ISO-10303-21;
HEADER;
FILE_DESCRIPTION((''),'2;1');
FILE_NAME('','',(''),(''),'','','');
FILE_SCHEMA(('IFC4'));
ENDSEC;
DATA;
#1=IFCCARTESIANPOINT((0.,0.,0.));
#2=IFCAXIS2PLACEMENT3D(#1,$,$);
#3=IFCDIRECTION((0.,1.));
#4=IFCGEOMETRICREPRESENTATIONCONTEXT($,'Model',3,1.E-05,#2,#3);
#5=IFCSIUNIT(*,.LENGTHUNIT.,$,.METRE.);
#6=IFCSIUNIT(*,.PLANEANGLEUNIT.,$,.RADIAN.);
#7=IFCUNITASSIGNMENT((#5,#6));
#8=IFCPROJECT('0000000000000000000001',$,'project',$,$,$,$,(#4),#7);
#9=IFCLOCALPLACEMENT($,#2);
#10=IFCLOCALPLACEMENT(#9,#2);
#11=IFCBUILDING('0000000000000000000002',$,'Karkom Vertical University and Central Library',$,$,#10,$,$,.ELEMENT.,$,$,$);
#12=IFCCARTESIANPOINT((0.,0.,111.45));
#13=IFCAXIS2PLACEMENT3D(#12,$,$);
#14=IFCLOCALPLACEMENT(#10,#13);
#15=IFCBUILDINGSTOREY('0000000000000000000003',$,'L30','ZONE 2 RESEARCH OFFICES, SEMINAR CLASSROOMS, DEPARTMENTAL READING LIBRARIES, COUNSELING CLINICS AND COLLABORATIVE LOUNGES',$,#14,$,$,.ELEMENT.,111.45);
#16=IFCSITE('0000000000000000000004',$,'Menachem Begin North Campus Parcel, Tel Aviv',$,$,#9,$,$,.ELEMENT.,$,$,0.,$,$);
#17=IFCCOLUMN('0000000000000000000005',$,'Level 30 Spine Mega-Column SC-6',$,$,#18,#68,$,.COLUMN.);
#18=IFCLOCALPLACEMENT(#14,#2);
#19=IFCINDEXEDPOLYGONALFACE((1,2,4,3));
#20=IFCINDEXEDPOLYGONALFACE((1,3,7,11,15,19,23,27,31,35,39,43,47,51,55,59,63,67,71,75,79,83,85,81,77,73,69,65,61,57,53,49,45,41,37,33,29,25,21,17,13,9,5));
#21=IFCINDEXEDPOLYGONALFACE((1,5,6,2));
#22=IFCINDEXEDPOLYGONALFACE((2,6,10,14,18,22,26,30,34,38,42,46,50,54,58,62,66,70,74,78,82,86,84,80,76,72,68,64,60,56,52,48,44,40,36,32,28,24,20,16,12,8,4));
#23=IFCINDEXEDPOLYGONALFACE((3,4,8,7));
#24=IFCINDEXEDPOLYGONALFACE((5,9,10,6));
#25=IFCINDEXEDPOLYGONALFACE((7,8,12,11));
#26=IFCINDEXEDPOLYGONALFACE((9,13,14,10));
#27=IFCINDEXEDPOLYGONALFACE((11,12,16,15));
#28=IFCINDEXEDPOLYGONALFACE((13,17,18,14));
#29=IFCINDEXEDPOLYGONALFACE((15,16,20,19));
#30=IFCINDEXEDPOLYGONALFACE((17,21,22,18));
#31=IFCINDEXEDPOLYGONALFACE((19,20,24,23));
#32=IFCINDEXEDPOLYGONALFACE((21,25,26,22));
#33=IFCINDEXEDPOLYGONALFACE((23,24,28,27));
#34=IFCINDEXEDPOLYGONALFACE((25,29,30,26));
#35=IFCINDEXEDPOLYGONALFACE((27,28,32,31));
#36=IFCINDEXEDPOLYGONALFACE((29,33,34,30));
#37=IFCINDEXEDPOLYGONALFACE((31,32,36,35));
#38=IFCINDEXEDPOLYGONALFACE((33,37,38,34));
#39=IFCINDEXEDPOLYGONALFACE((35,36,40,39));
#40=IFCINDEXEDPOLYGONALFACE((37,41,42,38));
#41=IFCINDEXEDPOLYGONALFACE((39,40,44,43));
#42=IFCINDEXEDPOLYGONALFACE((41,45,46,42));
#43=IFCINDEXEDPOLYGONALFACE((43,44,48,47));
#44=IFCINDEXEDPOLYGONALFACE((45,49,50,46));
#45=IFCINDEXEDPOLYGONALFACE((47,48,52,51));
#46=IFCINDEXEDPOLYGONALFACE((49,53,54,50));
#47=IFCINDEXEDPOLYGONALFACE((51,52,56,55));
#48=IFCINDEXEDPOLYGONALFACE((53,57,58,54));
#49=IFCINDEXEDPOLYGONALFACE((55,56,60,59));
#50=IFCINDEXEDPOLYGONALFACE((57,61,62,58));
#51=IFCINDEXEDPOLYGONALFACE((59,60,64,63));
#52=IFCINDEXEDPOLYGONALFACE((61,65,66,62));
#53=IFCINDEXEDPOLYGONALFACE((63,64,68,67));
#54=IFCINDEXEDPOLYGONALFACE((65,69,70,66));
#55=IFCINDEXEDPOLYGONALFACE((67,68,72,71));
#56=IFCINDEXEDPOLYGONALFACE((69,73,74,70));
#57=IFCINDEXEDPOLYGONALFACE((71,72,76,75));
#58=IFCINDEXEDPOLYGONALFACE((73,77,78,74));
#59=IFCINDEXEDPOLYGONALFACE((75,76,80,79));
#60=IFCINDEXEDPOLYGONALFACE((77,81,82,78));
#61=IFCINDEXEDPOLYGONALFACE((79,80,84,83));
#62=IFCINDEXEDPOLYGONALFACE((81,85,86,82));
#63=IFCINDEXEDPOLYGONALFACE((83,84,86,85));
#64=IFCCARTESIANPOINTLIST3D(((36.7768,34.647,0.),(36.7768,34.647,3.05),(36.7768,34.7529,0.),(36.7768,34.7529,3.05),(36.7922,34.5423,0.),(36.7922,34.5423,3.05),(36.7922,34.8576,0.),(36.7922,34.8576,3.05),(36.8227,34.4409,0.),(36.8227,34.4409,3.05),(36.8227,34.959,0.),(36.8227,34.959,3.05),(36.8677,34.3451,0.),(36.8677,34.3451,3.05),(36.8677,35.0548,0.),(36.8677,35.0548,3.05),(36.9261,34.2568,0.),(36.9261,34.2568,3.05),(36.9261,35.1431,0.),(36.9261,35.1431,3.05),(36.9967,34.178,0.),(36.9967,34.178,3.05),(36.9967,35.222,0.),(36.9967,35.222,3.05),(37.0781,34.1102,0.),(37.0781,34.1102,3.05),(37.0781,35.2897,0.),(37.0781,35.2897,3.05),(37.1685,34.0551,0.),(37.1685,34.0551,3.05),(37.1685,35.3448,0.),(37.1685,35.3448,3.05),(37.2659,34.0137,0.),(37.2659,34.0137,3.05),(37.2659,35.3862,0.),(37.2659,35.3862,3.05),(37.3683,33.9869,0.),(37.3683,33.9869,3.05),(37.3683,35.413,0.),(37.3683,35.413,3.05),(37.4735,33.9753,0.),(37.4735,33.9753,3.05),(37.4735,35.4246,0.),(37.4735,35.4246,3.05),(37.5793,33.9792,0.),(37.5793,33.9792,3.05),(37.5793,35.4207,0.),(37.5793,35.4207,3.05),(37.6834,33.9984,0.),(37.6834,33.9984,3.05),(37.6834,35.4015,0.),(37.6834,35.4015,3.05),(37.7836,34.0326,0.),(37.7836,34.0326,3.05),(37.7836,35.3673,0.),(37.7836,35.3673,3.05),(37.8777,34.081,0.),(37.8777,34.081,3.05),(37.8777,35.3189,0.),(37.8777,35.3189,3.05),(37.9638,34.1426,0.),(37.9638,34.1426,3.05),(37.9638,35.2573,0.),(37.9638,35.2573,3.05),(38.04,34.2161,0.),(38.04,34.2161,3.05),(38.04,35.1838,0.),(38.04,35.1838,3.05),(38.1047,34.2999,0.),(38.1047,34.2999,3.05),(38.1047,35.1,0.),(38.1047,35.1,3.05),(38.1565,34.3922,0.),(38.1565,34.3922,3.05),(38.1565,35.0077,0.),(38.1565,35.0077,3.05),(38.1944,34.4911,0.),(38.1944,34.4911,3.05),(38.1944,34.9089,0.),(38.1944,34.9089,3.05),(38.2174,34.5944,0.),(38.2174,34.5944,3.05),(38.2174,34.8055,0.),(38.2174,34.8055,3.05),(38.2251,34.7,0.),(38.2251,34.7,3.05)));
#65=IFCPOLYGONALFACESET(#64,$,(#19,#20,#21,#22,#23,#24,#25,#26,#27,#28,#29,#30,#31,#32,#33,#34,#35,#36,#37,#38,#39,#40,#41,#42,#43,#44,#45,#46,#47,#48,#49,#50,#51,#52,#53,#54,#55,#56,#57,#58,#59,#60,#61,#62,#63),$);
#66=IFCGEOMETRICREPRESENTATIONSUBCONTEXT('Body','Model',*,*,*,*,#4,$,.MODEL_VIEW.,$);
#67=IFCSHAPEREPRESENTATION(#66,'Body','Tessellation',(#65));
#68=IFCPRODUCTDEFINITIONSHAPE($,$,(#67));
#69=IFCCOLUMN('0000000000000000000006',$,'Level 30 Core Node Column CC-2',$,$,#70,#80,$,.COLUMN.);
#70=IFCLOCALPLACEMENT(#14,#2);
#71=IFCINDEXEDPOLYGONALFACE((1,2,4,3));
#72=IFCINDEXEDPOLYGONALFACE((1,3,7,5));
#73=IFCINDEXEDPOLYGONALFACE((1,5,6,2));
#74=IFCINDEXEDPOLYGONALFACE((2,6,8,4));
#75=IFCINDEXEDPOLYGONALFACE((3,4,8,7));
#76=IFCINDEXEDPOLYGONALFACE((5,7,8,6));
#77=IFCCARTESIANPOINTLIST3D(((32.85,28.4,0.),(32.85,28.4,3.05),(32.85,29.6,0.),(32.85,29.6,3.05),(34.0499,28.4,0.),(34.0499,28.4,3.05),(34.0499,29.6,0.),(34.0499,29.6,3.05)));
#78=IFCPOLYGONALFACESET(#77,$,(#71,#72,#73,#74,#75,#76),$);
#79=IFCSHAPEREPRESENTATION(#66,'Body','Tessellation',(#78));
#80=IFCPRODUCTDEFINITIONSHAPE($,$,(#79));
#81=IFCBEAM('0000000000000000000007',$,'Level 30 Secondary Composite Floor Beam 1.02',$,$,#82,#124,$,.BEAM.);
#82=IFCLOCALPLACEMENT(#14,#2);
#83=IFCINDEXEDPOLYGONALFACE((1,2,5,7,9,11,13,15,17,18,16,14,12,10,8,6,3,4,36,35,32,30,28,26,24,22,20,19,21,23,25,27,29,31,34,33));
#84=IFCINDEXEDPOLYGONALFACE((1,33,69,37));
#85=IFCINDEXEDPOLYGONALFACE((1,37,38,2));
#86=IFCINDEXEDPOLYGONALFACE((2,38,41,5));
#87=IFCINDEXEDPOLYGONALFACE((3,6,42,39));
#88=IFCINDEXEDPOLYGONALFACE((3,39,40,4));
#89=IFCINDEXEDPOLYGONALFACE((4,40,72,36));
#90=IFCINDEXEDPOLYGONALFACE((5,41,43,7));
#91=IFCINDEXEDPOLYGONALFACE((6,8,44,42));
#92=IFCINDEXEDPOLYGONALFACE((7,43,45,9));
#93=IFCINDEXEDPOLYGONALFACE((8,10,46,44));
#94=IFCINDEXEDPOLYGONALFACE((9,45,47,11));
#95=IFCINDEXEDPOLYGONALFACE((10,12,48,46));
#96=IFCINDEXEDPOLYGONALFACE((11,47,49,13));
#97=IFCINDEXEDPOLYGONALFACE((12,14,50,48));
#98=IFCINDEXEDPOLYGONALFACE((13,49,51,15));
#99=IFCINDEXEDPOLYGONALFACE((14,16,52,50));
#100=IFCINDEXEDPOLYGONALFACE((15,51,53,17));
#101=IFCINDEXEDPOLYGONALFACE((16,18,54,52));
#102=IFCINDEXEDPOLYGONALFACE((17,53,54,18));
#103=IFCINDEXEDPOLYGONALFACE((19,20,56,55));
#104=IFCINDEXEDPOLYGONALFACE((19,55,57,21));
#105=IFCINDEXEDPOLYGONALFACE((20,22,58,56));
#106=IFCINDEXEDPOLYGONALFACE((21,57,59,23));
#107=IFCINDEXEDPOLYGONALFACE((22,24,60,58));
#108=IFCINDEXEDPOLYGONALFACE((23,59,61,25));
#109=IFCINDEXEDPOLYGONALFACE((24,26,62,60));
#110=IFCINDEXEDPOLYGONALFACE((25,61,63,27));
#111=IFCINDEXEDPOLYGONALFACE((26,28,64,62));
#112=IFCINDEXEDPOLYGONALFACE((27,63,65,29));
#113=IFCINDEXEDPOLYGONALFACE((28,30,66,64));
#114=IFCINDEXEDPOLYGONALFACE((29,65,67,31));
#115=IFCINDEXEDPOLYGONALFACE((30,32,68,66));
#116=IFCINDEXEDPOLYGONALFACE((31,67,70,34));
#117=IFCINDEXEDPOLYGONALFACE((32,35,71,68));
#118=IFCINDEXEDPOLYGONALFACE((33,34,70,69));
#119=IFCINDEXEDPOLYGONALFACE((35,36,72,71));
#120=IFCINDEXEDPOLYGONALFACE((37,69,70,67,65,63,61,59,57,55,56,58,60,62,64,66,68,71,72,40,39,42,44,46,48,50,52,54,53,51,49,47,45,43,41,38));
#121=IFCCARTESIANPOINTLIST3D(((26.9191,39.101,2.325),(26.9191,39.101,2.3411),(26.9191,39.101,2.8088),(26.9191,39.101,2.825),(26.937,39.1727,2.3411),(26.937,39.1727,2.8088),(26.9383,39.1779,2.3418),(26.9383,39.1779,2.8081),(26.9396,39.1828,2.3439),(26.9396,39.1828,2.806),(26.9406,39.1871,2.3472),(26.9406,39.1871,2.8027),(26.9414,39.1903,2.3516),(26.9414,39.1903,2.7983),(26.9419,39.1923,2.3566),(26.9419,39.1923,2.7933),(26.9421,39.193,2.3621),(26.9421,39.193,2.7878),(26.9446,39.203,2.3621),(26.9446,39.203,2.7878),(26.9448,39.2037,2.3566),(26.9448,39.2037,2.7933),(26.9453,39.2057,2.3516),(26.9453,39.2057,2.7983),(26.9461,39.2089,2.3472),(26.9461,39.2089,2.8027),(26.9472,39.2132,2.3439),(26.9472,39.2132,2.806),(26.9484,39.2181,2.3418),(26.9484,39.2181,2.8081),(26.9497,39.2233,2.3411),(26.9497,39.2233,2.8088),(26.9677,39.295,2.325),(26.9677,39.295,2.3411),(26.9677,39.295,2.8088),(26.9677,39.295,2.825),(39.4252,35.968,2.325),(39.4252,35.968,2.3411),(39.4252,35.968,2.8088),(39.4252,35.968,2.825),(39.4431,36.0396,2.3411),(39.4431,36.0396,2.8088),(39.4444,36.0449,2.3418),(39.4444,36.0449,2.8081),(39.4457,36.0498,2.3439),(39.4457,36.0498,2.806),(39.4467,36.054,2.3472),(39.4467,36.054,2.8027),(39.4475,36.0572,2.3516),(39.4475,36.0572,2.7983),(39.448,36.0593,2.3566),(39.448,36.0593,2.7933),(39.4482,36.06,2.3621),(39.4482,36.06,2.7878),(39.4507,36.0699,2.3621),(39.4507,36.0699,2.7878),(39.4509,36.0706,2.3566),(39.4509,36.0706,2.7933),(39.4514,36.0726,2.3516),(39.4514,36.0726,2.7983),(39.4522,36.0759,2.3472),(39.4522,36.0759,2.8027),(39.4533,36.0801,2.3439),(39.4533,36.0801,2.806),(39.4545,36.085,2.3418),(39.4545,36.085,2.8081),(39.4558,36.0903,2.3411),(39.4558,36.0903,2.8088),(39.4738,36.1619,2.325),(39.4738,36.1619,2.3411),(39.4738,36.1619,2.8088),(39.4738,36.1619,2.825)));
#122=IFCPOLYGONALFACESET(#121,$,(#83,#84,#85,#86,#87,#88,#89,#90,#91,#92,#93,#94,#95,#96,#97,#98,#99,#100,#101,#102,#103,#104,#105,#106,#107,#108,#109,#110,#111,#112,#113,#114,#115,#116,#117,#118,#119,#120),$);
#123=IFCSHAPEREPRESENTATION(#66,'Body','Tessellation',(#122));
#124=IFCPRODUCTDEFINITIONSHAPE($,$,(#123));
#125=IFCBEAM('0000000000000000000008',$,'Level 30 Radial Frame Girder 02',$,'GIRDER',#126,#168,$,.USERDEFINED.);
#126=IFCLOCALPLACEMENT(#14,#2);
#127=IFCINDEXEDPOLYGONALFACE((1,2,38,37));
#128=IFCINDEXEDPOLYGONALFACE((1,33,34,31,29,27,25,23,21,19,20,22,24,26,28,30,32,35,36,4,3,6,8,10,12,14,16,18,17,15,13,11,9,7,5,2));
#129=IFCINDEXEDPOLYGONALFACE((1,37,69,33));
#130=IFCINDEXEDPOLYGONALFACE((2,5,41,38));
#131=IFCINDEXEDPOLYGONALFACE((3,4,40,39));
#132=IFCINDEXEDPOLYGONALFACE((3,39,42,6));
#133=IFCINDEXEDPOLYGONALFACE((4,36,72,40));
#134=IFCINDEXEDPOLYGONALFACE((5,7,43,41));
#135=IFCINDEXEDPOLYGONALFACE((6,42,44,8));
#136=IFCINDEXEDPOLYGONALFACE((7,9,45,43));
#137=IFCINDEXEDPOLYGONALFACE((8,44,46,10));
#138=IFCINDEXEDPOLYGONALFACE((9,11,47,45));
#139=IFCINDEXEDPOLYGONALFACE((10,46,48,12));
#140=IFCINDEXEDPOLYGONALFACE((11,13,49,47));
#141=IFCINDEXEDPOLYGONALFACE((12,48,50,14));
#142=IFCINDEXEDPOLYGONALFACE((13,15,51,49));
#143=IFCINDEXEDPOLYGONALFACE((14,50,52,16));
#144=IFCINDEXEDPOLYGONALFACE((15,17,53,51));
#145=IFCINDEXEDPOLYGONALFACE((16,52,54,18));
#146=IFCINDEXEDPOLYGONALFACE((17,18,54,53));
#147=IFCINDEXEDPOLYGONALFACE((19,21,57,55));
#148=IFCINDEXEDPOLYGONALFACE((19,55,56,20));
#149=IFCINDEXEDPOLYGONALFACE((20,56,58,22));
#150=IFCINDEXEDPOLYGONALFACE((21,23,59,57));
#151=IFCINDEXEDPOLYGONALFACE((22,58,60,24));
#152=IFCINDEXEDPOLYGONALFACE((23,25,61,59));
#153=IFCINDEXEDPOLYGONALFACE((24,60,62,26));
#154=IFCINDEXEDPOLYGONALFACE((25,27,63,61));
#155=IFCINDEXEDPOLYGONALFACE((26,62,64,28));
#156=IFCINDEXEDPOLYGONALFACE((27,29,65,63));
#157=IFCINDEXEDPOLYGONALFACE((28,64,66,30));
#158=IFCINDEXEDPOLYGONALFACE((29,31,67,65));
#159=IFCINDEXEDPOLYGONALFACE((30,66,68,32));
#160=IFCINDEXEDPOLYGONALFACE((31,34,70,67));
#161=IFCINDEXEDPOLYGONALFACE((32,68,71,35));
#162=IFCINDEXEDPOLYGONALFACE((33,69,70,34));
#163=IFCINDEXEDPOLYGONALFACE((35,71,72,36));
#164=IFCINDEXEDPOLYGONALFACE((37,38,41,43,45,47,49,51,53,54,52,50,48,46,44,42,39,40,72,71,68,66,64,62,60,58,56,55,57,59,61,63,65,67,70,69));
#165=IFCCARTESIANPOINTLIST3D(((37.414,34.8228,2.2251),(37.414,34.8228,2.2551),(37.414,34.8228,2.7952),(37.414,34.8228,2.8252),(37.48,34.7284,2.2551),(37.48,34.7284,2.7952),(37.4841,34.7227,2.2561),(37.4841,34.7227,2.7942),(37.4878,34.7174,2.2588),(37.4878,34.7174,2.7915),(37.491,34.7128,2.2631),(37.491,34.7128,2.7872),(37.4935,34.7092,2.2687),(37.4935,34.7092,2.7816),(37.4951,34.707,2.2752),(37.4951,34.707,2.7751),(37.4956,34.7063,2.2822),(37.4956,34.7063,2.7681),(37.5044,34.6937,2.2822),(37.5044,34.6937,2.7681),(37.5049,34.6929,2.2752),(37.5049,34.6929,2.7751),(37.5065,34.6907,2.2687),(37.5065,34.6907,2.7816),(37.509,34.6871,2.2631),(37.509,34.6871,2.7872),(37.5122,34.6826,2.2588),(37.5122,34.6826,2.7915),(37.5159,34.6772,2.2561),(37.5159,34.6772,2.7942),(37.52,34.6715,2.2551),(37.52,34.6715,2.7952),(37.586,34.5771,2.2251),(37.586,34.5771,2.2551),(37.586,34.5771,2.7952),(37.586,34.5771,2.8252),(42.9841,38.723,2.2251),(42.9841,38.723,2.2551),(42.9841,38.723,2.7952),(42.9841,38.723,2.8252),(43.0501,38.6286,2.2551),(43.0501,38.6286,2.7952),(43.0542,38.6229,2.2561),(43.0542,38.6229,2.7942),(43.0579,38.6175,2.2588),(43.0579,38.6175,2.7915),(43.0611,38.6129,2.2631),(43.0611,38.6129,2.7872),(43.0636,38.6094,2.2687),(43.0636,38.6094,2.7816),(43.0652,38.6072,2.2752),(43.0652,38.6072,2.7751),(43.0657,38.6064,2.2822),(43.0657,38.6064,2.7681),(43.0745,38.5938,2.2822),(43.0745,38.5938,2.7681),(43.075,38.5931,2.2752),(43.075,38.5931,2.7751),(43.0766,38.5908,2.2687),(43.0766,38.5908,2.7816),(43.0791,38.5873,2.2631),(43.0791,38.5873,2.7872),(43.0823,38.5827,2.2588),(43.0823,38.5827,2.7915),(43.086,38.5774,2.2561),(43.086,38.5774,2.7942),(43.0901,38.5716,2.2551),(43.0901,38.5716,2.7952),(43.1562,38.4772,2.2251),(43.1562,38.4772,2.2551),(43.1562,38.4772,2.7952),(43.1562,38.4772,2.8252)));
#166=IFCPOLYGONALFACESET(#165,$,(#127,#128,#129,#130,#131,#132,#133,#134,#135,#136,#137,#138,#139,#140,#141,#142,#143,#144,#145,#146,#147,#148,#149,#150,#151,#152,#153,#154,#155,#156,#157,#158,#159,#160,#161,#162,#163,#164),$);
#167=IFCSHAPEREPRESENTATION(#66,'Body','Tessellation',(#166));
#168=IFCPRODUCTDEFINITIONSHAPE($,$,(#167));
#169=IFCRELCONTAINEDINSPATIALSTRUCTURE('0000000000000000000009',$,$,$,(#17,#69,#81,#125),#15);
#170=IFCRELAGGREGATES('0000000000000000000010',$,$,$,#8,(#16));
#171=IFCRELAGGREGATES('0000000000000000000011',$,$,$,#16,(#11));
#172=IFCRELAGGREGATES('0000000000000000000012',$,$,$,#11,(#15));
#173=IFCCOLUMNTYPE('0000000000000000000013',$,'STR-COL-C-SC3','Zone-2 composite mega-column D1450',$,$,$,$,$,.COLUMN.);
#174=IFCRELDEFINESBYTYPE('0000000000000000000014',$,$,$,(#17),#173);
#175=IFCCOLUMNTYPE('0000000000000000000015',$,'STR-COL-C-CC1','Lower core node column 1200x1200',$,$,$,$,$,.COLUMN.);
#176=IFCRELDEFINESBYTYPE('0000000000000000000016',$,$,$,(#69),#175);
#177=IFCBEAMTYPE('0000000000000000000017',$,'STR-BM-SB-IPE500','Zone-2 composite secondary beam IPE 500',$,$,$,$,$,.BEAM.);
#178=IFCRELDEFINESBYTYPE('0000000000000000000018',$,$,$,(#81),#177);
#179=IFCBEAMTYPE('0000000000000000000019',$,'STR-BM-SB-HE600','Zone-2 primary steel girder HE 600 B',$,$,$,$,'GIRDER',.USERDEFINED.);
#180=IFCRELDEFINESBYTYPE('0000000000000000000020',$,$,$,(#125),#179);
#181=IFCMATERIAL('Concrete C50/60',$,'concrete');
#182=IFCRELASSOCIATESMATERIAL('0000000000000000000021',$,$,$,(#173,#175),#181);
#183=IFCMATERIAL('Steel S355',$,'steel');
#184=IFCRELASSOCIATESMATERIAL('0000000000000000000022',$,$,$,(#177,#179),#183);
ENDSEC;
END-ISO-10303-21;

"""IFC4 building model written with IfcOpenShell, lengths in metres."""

from ifc_helpers import new_model, si_unit, direction, frame, origin, origin_with_axes, origin_2d, place, context, subcontext, project, spatial, rectangle, circle, i_section, extrude, source, transform, mapped, material, material_profile, profile_set, type_object, element, save


model = new_model("IFC4")

# Units and contexts
model_context = context("Model", 3, precision=1e-05, world=origin(), true_north=direction((0.0, 1.0)))
body_context = subcontext(model_context, "Body", "Model", "MODEL_VIEW")
ifc_project = project(units=[si_unit("LENGTHUNIT", "METRE"), si_unit("PLANEANGLEUNIT", "RADIAN")], contexts=[model_context])

# Site, building, storey
site_placement = place(None, origin())
site = spatial("IfcSite", under=ifc_project, at=site_placement, Name="Menachem Begin North Campus Parcel, Tel Aviv", CompositionType="ELEMENT", RefElevation=0.0)
building_placement = place(site_placement, origin())
building = spatial("IfcBuilding", under=site, at=building_placement, Name="Karkom Vertical University and Central Library", CompositionType="ELEMENT")
storey_placement = place(building_placement, frame((0.0, 0.0, 111.45)))
storey = spatial("IfcBuildingStorey", under=building, at=storey_placement, Name="L30", Description="ZONE 2 RESEARCH OFFICES, SEMINAR CLASSROOMS, DEPARTMENTAL READING LIBRARIES, COUNSELING CLINICS AND COLLABORATIVE LOUNGES", CompositionType="ELEMENT", Elevation=111.45)

# Columns
ifc_material_1 = material(Name="Concrete C50/60", Category="concrete")
ifc_material_profile_1 = material_profile(ifc_material_1, circle(Radius=0.7251, at=origin_2d()), Name="CFT-D1450")
ifc_profile_set_1 = profile_set([ifc_material_profile_1], Name="Concrete C50/60")
column_type_1 = type_object("IfcColumnType", Name="STR-COL-C-SC3", Description="Zone-2 composite mega-column D1450", PredefinedType="COLUMN", material=ifc_profile_set_1)
shared_shape_1 = source(origin_with_axes(), body_context, "Body", "SweptSolid", [
    extrude(circle(Radius=0.7251, at=origin_2d()), origin(), (0.0, 0.0, 1.0), 3.05),
])
column_1_placement = place(storey_placement, frame((37.5, 34.7, 0.0), z_axis=(0.0, 0.0, 1.0), x_axis=(1.0, 0.0, 0.0)))
element("IfcColumn", 1, at=column_1_placement, inside=storey, type_object=column_type_1, Name="Level 30 Spine Mega-Column SC-6", PredefinedType="COLUMN", context=body_context, shape_type="MappedRepresentation", body=[
    mapped(shared_shape_1, transform((0.0, 0.0, 0.0), scale=1.0)),
])
ifc_material_profile_2 = material_profile(ifc_material_1, rectangle(XDim=1.2, YDim=1.2, at=origin_2d()), Name="RC-1200x1200")
ifc_profile_set_2 = profile_set([ifc_material_profile_2], Name="Concrete C50/60")
column_type_2 = type_object("IfcColumnType", Name="STR-COL-C-CC1", Description="Lower core node column 1200x1200", PredefinedType="COLUMN", material=ifc_profile_set_2)
shared_shape_2 = source(origin_with_axes(), body_context, "Body", "SweptSolid", [
    extrude(rectangle(XDim=1.2, YDim=1.2, at=origin_2d()), origin(), (0.0, 0.0, 1.0), 3.05),
])
column_2_placement = place(storey_placement, frame((33.45, 29.0, 0.0), z_axis=(0.0, 0.0, 1.0), x_axis=(1.0, 0.0, 0.0)))
element("IfcColumn", 2, at=column_2_placement, inside=storey, type_object=column_type_2, Name="Level 30 Core Node Column CC-2", PredefinedType="COLUMN", context=body_context, shape_type="MappedRepresentation", body=[
    mapped(shared_shape_2, transform((0.0, 0.0, 0.0), scale=1.0)),
])

# Beams
ifc_material_2 = material(Name="Steel S355", Category="steel")
ifc_material_profile_3 = material_profile(ifc_material_2, i_section(OverallWidth=0.2, OverallDepth=0.5, WebThickness=0.0103, FlangeThickness=0.0161, FilletRadius=0.021, at=origin_2d()), Name="IPE 500")
ifc_profile_set_3 = profile_set([ifc_material_profile_3], Name="Steel S355")
beam_type_1 = type_object("IfcBeamType", Name="STR-BM-SB-IPE500", Description="Zone-2 composite secondary beam IPE 500", PredefinedType="BEAM", material=ifc_profile_set_3)
shared_shape_3 = source(origin_with_axes(), body_context, "Body", "SweptSolid", [
    extrude(i_section(OverallWidth=0.2, OverallDepth=0.5, WebThickness=0.0103, FlangeThickness=0.0161, FilletRadius=0.021, at=origin_2d()), origin(), (0.0, 0.0, 1.0), 12.8926),
])
beam_1_placement = place(storey_placement, frame((39.4495, 36.0649, 2.575), z_axis=(-0.970023, 0.243012, 0.0), x_axis=(-0.243012, -0.970023, 0.0)))
element("IfcBeam", 3, at=beam_1_placement, inside=storey, type_object=beam_type_1, Name="Level 30 Secondary Composite Floor Beam 1.02", PredefinedType="BEAM", context=body_context, shape_type="MappedRepresentation", body=[
    mapped(shared_shape_3, transform((0.0, 0.0, 0.0), scale=1.0)),
])
ifc_material_profile_4 = material_profile(ifc_material_2, i_section(OverallWidth=0.3, OverallDepth=0.6001, WebThickness=0.0154, FlangeThickness=0.03, FilletRadius=0.0271, at=origin_2d()), Name="HE 600 B")
ifc_profile_set_4 = profile_set([ifc_material_profile_4], Name="Steel S355")
beam_type_2 = type_object("IfcBeamType", Name="STR-BM-SB-HE600", Description="Zone-2 primary steel girder HE 600 B", ElementType="GIRDER", PredefinedType="USERDEFINED", material=ifc_profile_set_4)
shared_shape_4 = source(origin_with_axes(), body_context, "Body", "SweptSolid", [
    extrude(i_section(OverallWidth=0.3, OverallDepth=0.6001, WebThickness=0.0154, FlangeThickness=0.03, FilletRadius=0.0271, at=origin_2d()), origin(), (0.0, 0.0, 1.0), 6.7998),
])
beam_2_placement = place(storey_placement, frame((37.5, 34.7, 2.5251), z_axis=(0.819156, 0.573571, 0.0), x_axis=(-0.573571, 0.819156, 0.0)))
element("IfcBeam", 4, at=beam_2_placement, inside=storey, type_object=beam_type_2, Name="Level 30 Radial Frame Girder 02", ObjectType="GIRDER", PredefinedType="USERDEFINED", context=body_context, shape_type="MappedRepresentation", body=[
    mapped(shared_shape_4, transform((0.0, 0.0, 0.0), scale=1.0)),
])

save(model, "model.ifc")
